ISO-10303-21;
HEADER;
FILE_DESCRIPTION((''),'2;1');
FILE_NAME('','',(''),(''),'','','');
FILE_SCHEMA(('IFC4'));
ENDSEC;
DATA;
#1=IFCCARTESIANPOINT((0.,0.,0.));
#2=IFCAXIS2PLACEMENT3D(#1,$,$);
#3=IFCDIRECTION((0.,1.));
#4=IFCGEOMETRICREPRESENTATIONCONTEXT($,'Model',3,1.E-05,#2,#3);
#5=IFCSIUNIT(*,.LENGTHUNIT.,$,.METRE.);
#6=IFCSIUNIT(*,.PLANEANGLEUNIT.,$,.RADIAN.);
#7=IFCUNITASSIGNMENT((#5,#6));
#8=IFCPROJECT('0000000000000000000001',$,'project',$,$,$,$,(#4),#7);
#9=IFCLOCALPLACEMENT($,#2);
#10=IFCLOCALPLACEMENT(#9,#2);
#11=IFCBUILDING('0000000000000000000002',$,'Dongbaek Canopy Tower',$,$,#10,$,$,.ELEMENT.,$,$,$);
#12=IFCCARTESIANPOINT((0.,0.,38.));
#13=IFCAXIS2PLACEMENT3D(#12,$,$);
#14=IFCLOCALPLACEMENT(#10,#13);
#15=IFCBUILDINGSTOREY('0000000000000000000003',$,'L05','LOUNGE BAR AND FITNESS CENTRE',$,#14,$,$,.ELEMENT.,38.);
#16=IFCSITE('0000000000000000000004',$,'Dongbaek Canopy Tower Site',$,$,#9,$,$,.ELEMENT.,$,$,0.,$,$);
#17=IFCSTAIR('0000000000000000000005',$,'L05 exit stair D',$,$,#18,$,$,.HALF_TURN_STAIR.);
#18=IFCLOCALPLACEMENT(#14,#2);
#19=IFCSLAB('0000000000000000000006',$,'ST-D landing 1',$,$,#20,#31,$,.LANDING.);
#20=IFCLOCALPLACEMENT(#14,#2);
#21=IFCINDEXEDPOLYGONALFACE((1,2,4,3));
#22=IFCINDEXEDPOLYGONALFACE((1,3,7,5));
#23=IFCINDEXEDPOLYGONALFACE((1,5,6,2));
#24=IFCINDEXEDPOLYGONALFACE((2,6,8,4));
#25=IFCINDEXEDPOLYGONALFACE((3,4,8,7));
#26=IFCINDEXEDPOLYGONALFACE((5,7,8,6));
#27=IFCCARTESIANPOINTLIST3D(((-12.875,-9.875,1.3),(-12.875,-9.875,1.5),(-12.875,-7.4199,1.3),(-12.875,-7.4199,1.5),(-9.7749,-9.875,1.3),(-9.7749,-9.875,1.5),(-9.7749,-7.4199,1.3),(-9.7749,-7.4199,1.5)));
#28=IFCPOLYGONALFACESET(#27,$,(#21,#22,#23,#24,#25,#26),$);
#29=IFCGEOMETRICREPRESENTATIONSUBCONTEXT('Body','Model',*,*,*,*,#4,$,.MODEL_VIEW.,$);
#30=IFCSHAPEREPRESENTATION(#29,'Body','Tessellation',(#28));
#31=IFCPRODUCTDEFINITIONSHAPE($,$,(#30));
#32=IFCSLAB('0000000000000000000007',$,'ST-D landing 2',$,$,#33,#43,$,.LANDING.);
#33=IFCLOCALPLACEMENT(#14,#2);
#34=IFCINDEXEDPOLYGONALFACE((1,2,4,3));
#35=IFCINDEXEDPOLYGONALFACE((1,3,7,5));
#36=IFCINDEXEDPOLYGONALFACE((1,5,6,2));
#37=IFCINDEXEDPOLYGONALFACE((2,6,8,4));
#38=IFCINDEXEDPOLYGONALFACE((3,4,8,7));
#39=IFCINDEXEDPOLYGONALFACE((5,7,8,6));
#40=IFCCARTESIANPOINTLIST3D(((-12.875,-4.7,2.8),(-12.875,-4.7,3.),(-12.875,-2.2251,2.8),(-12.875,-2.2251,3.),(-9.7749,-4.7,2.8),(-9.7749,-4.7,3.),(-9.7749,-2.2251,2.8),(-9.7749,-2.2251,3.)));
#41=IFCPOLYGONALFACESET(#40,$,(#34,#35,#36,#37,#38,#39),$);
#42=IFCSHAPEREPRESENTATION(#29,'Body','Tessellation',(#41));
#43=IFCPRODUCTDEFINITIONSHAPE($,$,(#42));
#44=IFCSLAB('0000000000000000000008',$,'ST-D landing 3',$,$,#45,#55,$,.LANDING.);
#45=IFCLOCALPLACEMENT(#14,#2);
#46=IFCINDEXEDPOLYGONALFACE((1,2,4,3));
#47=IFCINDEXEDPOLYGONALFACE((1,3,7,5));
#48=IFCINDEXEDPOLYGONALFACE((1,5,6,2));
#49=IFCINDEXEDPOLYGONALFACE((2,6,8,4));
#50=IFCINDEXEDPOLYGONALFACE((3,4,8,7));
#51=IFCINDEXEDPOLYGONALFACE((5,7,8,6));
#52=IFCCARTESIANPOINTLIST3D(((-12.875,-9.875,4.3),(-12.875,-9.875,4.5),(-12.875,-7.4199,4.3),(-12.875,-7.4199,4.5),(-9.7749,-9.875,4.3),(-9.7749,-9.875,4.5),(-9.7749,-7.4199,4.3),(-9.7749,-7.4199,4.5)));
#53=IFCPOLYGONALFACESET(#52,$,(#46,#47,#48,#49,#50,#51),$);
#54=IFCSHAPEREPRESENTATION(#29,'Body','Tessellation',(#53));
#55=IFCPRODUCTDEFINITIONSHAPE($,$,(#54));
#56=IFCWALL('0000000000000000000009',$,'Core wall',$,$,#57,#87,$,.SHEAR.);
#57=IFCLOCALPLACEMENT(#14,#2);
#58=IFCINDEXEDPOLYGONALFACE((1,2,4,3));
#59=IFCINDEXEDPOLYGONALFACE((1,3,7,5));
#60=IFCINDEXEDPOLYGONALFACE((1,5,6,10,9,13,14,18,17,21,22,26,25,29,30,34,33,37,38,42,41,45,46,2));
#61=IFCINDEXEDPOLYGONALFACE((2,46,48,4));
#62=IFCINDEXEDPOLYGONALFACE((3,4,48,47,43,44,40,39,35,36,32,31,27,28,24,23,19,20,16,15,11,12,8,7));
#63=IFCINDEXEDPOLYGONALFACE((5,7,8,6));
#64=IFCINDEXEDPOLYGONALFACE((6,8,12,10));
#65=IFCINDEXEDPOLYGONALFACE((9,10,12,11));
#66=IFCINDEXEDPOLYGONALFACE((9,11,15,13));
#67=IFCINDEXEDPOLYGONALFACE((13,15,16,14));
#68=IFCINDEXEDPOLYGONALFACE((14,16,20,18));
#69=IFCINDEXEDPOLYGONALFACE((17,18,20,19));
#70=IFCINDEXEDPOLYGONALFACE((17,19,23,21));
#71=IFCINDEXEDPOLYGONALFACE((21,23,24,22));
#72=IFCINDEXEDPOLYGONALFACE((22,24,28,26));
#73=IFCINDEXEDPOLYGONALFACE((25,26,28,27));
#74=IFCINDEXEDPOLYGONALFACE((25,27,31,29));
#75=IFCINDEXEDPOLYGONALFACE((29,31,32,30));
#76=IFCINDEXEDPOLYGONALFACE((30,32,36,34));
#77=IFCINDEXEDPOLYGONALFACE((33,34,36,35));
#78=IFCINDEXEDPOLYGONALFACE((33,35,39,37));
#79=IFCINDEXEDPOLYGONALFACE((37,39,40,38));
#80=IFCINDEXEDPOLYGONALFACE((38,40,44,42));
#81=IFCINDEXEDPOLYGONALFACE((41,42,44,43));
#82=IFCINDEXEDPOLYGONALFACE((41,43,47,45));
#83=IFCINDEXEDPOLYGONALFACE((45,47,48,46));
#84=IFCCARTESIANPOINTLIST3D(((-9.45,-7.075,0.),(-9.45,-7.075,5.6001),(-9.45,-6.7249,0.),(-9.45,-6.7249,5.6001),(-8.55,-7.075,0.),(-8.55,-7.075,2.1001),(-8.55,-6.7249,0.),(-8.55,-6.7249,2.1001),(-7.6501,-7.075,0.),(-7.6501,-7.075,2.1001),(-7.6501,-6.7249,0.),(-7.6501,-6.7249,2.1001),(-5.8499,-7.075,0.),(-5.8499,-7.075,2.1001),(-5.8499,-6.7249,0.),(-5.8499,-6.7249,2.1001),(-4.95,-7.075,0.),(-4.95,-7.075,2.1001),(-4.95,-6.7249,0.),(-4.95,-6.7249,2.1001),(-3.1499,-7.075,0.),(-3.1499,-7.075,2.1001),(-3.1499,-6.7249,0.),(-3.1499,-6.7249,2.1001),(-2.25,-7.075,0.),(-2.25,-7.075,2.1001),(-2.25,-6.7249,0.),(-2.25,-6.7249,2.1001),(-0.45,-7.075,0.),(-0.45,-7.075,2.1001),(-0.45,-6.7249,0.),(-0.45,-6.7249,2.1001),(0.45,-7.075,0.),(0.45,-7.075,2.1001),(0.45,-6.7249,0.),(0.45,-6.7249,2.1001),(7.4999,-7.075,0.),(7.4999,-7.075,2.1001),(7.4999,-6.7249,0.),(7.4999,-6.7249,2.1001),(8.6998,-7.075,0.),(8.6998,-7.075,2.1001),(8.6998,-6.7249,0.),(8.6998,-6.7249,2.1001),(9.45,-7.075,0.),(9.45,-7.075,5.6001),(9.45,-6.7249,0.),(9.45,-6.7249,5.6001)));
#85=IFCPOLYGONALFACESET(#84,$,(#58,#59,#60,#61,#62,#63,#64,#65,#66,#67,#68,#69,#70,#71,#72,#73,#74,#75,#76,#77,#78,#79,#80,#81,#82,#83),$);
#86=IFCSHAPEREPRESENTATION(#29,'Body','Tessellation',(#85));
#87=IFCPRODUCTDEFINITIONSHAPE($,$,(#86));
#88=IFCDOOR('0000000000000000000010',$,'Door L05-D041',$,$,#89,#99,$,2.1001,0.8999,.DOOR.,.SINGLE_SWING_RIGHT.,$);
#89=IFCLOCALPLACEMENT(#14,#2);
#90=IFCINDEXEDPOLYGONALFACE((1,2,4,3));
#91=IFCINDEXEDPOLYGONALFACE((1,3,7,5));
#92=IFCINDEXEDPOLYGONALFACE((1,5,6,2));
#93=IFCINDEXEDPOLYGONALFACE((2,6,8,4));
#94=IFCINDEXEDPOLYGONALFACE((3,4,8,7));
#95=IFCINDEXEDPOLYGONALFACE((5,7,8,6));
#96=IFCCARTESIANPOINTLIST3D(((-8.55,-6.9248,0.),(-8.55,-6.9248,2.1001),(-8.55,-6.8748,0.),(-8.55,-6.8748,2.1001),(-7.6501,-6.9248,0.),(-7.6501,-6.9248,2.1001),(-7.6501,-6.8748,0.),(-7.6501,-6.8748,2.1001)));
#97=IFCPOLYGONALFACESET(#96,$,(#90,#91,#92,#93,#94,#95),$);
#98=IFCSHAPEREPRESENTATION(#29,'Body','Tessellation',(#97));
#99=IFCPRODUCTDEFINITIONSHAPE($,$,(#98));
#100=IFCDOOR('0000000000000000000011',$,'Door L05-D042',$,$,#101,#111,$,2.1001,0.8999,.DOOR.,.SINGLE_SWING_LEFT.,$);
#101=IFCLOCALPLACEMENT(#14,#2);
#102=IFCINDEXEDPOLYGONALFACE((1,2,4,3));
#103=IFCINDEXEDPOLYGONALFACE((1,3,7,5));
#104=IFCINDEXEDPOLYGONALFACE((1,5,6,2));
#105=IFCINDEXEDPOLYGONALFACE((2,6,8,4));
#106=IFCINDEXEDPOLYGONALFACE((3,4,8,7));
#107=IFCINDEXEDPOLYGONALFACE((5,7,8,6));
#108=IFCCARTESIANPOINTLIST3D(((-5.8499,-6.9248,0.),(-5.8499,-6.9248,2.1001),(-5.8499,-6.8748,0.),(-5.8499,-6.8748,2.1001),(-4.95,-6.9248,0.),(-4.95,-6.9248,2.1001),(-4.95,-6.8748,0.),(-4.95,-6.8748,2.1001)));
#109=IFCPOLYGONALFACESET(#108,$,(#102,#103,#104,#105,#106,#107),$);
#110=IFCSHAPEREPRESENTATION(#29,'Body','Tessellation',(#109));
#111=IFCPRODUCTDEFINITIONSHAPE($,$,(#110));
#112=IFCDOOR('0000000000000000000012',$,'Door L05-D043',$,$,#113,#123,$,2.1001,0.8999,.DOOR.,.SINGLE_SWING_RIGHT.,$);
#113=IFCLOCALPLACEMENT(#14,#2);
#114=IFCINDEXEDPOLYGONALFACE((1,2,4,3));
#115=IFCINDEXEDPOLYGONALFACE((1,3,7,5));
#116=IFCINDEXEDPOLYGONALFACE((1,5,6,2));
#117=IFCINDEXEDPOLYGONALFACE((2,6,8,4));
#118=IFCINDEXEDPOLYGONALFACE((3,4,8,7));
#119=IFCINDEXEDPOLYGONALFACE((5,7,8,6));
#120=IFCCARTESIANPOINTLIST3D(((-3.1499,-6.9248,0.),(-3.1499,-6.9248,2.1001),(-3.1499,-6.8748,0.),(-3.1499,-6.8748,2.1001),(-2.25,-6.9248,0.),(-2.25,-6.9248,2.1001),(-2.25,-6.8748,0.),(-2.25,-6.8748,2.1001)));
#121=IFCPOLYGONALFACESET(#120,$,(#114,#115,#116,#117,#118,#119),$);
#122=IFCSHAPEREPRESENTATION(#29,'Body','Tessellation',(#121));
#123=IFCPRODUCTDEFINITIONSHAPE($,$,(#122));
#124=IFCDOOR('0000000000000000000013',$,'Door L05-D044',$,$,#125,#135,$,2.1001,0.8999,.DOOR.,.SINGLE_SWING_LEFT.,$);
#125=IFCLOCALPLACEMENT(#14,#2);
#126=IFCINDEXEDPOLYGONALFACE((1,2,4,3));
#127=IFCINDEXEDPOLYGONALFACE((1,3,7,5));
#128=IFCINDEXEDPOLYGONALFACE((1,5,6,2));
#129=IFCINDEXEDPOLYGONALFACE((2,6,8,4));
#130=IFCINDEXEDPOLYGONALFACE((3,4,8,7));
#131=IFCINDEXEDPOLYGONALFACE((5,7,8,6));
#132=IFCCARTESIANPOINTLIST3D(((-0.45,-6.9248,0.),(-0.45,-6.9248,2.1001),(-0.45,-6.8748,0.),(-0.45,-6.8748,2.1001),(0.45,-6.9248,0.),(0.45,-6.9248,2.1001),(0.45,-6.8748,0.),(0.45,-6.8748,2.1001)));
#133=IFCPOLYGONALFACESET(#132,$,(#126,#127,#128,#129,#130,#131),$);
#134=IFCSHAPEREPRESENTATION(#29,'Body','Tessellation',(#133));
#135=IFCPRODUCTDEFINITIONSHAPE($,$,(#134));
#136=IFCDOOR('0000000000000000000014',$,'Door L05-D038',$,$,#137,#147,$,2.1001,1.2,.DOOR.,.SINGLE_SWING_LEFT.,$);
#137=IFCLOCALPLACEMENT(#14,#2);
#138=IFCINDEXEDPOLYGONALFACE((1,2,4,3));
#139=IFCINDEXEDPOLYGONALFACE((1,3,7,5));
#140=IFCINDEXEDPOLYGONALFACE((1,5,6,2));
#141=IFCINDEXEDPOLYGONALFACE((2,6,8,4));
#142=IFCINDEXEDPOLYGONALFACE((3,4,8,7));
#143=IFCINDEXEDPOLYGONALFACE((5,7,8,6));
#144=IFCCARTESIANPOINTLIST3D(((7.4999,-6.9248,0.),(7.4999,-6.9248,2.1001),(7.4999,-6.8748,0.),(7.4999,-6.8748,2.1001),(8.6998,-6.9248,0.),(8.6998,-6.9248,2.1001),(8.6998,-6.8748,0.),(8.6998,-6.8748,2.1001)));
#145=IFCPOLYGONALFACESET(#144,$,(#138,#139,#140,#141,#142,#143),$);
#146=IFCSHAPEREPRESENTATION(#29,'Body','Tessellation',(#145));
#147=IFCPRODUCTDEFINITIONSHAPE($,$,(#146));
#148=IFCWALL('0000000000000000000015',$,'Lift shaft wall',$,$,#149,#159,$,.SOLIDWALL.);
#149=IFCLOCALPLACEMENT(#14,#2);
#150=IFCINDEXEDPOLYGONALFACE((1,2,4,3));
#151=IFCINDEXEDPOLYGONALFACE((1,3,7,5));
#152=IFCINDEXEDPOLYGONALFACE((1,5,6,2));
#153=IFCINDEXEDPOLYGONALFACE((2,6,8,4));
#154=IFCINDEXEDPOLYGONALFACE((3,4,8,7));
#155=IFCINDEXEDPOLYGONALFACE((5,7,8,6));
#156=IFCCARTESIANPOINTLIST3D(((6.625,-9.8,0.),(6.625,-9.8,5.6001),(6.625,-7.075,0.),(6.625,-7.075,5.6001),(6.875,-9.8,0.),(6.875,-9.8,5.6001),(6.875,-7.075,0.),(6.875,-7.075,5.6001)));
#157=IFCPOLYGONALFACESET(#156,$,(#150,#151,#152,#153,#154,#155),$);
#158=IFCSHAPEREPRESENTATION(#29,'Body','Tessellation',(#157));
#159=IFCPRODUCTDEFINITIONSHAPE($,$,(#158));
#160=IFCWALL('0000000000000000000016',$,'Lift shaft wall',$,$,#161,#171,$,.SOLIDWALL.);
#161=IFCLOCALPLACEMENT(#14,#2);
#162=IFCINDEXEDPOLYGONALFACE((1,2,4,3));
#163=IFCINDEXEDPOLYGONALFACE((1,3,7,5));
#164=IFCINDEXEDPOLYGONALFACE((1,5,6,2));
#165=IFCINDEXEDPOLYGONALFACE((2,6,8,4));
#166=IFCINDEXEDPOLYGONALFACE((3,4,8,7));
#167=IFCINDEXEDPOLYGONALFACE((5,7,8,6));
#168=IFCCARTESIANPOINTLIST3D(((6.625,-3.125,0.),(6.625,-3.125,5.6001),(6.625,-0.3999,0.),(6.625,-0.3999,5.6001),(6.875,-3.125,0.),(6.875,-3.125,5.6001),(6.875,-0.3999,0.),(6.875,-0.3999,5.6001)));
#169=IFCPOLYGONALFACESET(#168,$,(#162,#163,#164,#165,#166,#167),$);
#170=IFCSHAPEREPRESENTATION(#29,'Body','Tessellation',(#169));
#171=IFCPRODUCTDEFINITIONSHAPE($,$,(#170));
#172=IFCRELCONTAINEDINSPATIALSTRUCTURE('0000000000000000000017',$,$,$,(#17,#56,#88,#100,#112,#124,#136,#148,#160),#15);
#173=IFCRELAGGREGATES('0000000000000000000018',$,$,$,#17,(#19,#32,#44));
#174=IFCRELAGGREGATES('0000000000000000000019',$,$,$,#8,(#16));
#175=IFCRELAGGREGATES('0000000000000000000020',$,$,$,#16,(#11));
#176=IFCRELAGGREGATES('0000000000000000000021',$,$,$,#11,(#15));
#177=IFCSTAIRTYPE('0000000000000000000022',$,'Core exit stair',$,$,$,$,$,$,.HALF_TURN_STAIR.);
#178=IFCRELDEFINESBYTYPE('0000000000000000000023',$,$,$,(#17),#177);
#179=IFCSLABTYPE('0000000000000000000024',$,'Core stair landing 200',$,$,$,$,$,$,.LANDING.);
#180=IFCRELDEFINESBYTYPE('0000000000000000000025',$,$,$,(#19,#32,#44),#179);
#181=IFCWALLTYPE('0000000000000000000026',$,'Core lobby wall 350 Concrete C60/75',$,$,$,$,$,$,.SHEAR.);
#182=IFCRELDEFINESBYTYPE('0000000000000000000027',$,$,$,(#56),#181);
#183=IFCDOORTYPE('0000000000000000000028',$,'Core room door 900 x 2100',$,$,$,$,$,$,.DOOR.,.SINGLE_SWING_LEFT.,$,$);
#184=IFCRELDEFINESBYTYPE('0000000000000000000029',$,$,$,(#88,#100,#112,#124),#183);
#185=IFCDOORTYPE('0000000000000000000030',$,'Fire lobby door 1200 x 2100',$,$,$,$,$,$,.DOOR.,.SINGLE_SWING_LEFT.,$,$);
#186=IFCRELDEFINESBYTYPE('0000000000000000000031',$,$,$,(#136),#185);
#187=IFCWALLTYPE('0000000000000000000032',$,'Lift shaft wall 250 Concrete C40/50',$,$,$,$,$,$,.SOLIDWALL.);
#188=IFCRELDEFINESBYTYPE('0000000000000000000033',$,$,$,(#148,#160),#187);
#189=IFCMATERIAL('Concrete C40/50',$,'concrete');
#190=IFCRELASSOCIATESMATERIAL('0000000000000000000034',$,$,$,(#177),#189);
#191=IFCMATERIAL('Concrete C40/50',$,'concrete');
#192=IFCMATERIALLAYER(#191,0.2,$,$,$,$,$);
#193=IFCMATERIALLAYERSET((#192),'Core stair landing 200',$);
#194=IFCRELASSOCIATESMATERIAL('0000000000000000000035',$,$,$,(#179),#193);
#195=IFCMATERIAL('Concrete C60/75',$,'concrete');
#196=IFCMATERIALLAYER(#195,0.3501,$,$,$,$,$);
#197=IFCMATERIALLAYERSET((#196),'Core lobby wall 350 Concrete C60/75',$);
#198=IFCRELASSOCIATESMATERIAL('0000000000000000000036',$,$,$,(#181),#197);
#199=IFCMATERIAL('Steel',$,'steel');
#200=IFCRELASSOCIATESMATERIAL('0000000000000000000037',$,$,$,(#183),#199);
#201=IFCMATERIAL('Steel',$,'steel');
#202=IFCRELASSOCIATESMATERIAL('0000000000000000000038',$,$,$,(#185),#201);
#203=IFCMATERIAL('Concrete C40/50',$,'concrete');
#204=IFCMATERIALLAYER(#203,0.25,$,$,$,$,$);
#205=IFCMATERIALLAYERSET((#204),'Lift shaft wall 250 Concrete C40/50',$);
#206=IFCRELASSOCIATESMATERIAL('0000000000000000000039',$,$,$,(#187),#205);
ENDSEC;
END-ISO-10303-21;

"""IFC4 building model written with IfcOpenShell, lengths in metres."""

from ifc_helpers import new_model, si_unit, direction, frame, frame_2d, origin, place, context, subcontext, project, spatial, polyline, rectangle, outline, extrude, material, layer, layer_set, type_object, element, fill, aggregate, save


model = new_model("IFC4")

# Units and contexts
model_context = context("Model", 3, precision=1e-05, world=origin(), true_north=direction((0.0, 1.0)))
body_context = subcontext(model_context, "Body", "Model", "MODEL_VIEW")
ifc_project = project(units=[si_unit("LENGTHUNIT", "METRE"), si_unit("PLANEANGLEUNIT", "RADIAN")], contexts=[model_context])

# Site, building, storey
site_placement = place(None, origin())
site = spatial("IfcSite", under=ifc_project, at=site_placement, Name="Dongbaek Canopy Tower Site", CompositionType="ELEMENT", RefElevation=0.0)
building_placement = place(site_placement, origin())
building = spatial("IfcBuilding", under=site, at=building_placement, Name="Dongbaek Canopy Tower", CompositionType="ELEMENT")
storey_placement = place(building_placement, frame((0.0, 0.0, 38.0)))
storey = spatial("IfcBuildingStorey", under=building, at=storey_placement, Name="L05", Description="LOUNGE BAR AND FITNESS CENTRE", CompositionType="ELEMENT", Elevation=38.0)

# Stair, slabs
ifc_material_1 = material(Name="Concrete C40/50", Category="concrete")
stair_type = type_object("IfcStairType", Name="Core exit stair", PredefinedType="HALF_TURN_STAIR", material=ifc_material_1)
stair_1_placement = place(storey_placement, origin())
stair_1 = element("IfcStair", 1, at=stair_1_placement, inside=storey, type_object=stair_type, Name="L05 exit stair D", PredefinedType="HALF_TURN_STAIR")
ifc_material_2 = material(Name="Concrete C40/50", Category="concrete")
ifc_layer_1 = layer(ifc_material_2, 0.2)
ifc_layer_set_1 = layer_set([ifc_layer_1], Name="Core stair landing 200")
slab_type = type_object("IfcSlabType", Name="Core stair landing 200", PredefinedType="LANDING", material=ifc_layer_set_1)
slab_1_placement = place(storey_placement, frame((0.0, 0.0, 1.3)))
slab_1 = element("IfcSlab", 2, at=slab_1_placement, type_object=slab_type, Name="ST-D landing 1", PredefinedType="LANDING", context=body_context, shape_type="SweptSolid", body=[
    extrude(outline(polyline([(-12.875, -7.4199), (-12.875, -9.875), (-9.7749, -9.875), (-9.7749, -7.4199), (-12.875, -7.4199)])), origin(), (0.0, 0.0, 1.0), 0.2),
])
slab_2_placement = place(storey_placement, frame((0.0, 0.0, 2.8)))
slab_2 = element("IfcSlab", 3, at=slab_2_placement, type_object=slab_type, Name="ST-D landing 2", PredefinedType="LANDING", context=body_context, shape_type="SweptSolid", body=[
    extrude(outline(polyline([(-12.875, -2.2251), (-12.875, -4.7), (-9.7749, -4.7), (-9.7749, -2.2251), (-12.875, -2.2251)])), origin(), (0.0, 0.0, 1.0), 0.2),
])
slab_3_placement = place(storey_placement, frame((0.0, 0.0, 4.3)))
slab_3 = element("IfcSlab", 4, at=slab_3_placement, type_object=slab_type, Name="ST-D landing 3", PredefinedType="LANDING", context=body_context, shape_type="SweptSolid", body=[
    extrude(outline(polyline([(-12.875, -7.4199), (-12.875, -9.875), (-9.7749, -9.875), (-9.7749, -7.4199), (-12.875, -7.4199)])), origin(), (0.0, 0.0, 1.0), 0.2),
])
aggregate(stair_1, [slab_1, slab_2, slab_3])

# Wall, openings, doors
ifc_material_3 = material(Name="Concrete C60/75", Category="concrete")
ifc_layer_2 = layer(ifc_material_3, 0.3501)
ifc_layer_set_2 = layer_set([ifc_layer_2], Name="Core lobby wall 350 Concrete C60/75")
wall_type_1 = type_object("IfcWallType", Name="Core lobby wall 350 Concrete C60/75", PredefinedType="SHEAR", material=ifc_layer_set_2)
wall_1_placement = place(storey_placement, frame((9.45, -6.8999, 0.0), z_axis=(0.0, 0.0, 1.0), x_axis=(-1.0, 0.0, 0.0)))
wall_1 = element("IfcWall", 5, at=wall_1_placement, inside=storey, type_object=wall_type_1, Name="Core wall", PredefinedType="SHEAR", context=body_context, shape_type="SweptSolid", body=[
    extrude(rectangle(XDim=18.8999, YDim=0.3501, at=frame_2d((9.45, 0.0))), origin(), (0.0, 0.0, 1.0), 5.6001),
])
opening_1_placement = place(wall_1_placement, frame((0.75, 0.0, 0.0)))
opening_1 = element("IfcOpeningElement", 6, at=opening_1_placement, cuts=wall_1, PredefinedType="OPENING", context=body_context, shape_type="SweptSolid", body=[
    extrude(rectangle(XDim=1.2, YDim=2.1001, at=frame_2d((0.6001, 1.05))), frame((0.0, 0.1851, 0.0), z_axis=(0.0, -1.0, 0.0), x_axis=(1.0, 0.0, 0.0)), (0.0, 0.0, 1.0), 0.3701),
])
opening_2_placement = place(wall_1_placement, frame((17.1001, 0.0, 0.0)))
opening_2 = element("IfcOpeningElement", 7, at=opening_2_placement, cuts=wall_1, PredefinedType="OPENING", context=body_context, shape_type="SweptSolid", body=[
    extrude(rectangle(XDim=0.8999, YDim=2.1001, at=frame_2d((0.45, 1.05))), frame((0.0, 0.1851, 0.0), z_axis=(0.0, -1.0, 0.0), x_axis=(1.0, 0.0, 0.0)), (0.0, 0.0, 1.0), 0.3701),
])
opening_3_placement = place(wall_1_placement, frame((14.3999, 0.0, 0.0)))
opening_3 = element("IfcOpeningElement", 8, at=opening_3_placement, cuts=wall_1, PredefinedType="OPENING", context=body_context, shape_type="SweptSolid", body=[
    extrude(rectangle(XDim=0.8999, YDim=2.1001, at=frame_2d((0.45, 1.05))), frame((0.0, 0.1851, 0.0), z_axis=(0.0, -1.0, 0.0), x_axis=(1.0, 0.0, 0.0)), (0.0, 0.0, 1.0), 0.3701),
])
opening_4_placement = place(wall_1_placement, frame((11.7, 0.0, 0.0)))
opening_4 = element("IfcOpeningElement", 9, at=opening_4_placement, cuts=wall_1, PredefinedType="OPENING", context=body_context, shape_type="SweptSolid", body=[
    extrude(rectangle(XDim=0.8999, YDim=2.1001, at=frame_2d((0.45, 1.05))), frame((0.0, 0.1851, 0.0), z_axis=(0.0, -1.0, 0.0), x_axis=(1.0, 0.0, 0.0)), (0.0, 0.0, 1.0), 0.3701),
])
opening_5_placement = place(wall_1_placement, frame((9.0, 0.0, 0.0)))
opening_5 = element("IfcOpeningElement", 10, at=opening_5_placement, cuts=wall_1, PredefinedType="OPENING", context=body_context, shape_type="SweptSolid", body=[
    extrude(rectangle(XDim=0.8999, YDim=2.1001, at=frame_2d((0.45, 1.05))), frame((0.0, 0.1851, 0.0), z_axis=(0.0, -1.0, 0.0), x_axis=(1.0, 0.0, 0.0)), (0.0, 0.0, 1.0), 0.3701),
])
ifc_material_4 = material(Name="Steel", Category="steel")
door_type_1 = type_object("IfcDoorType", Name="Core room door 900 x 2100", OperationType="SINGLE_SWING_LEFT", PredefinedType="DOOR", material=ifc_material_4)
door_1_placement = place(opening_2_placement, origin())
door_1 = element("IfcDoor", 11, at=door_1_placement, inside=storey, type_object=door_type_1, Name="Door L05-D041", OperationType="SINGLE_SWING_RIGHT", OverallHeight=2.1001, OverallWidth=0.8999, PredefinedType="DOOR", context=body_context, shape_type="SweptSolid", body=[
    extrude(rectangle(XDim=0.8999, YDim=2.1001, at=frame_2d((0.45, 1.05))), frame((0.0, 0.0249, 0.0), z_axis=(0.0, -1.0, 0.0), x_axis=(1.0, 0.0, 0.0)), (0.0, 0.0, 1.0), 0.05),
])
fill(opening_2, door_1)
door_2_placement = place(opening_3_placement, origin())
door_2 = element("IfcDoor", 12, at=door_2_placement, inside=storey, type_object=door_type_1, Name="Door L05-D042", OperationType="SINGLE_SWING_LEFT", OverallHeight=2.1001, OverallWidth=0.8999, PredefinedType="DOOR", context=body_context, shape_type="SweptSolid", body=[
    extrude(rectangle(XDim=0.8999, YDim=2.1001, at=frame_2d((0.45, 1.05))), frame((0.0, 0.0249, 0.0), z_axis=(0.0, -1.0, 0.0), x_axis=(1.0, 0.0, 0.0)), (0.0, 0.0, 1.0), 0.05),
])
fill(opening_3, door_2)
door_3_placement = place(opening_4_placement, origin())
door_3 = element("IfcDoor", 13, at=door_3_placement, inside=storey, type_object=door_type_1, Name="Door L05-D043", OperationType="SINGLE_SWING_RIGHT", OverallHeight=2.1001, OverallWidth=0.8999, PredefinedType="DOOR", context=body_context, shape_type="SweptSolid", body=[
    extrude(rectangle(XDim=0.8999, YDim=2.1001, at=frame_2d((0.45, 1.05))), frame((0.0, 0.0249, 0.0), z_axis=(0.0, -1.0, 0.0), x_axis=(1.0, 0.0, 0.0)), (0.0, 0.0, 1.0), 0.05),
])
fill(opening_4, door_3)
door_4_placement = place(opening_5_placement, origin())
door_4 = element("IfcDoor", 14, at=door_4_placement, inside=storey, type_object=door_type_1, Name="Door L05-D044", OperationType="SINGLE_SWING_LEFT", OverallHeight=2.1001, OverallWidth=0.8999, PredefinedType="DOOR", context=body_context, shape_type="SweptSolid", body=[
    extrude(rectangle(XDim=0.8999, YDim=2.1001, at=frame_2d((0.45, 1.05))), frame((0.0, 0.0249, 0.0), z_axis=(0.0, -1.0, 0.0), x_axis=(1.0, 0.0, 0.0)), (0.0, 0.0, 1.0), 0.05),
])
fill(opening_5, door_4)
ifc_material_5 = material(Name="Steel", Category="steel")
door_type_2 = type_object("IfcDoorType", Name="Fire lobby door 1200 x 2100", OperationType="SINGLE_SWING_LEFT", PredefinedType="DOOR", material=ifc_material_5)
door_5_placement = place(opening_1_placement, origin())
door_5 = element("IfcDoor", 15, at=door_5_placement, inside=storey, type_object=door_type_2, Name="Door L05-D038", OperationType="SINGLE_SWING_LEFT", OverallHeight=2.1001, OverallWidth=1.2, PredefinedType="DOOR", context=body_context, shape_type="SweptSolid", body=[
    extrude(rectangle(XDim=1.2, YDim=2.1001, at=frame_2d((0.6001, 1.05))), frame((0.0, 0.0249, 0.0), z_axis=(0.0, -1.0, 0.0), x_axis=(1.0, 0.0, 0.0)), (0.0, 0.0, 1.0), 0.05),
])
fill(opening_1, door_5)

# Walls
ifc_material_6 = material(Name="Concrete C40/50", Category="concrete")
ifc_layer_3 = layer(ifc_material_6, 0.25)
ifc_layer_set_3 = layer_set([ifc_layer_3], Name="Lift shaft wall 250 Concrete C40/50")
wall_type_2 = type_object("IfcWallType", Name="Lift shaft wall 250 Concrete C40/50", PredefinedType="SOLIDWALL", material=ifc_layer_set_3)
for number, where, z_axis, x_axis, name in (
    (16, (6.75, -9.8, 0.0), (0.0, 0.0, 1.0), (0.0, 1.0, 0.0), "Lift shaft wall"),
    (17, (6.75, -3.125, 0.0), (0.0, 0.0, 1.0), (0.0, 1.0, 0.0), "Lift shaft wall"),
):
    element("IfcWall", number, at=place(storey_placement, frame(where, z_axis=z_axis, x_axis=x_axis)), inside=storey, type_object=wall_type_2, Name=name, PredefinedType="SOLIDWALL", context=body_context, shape_type="SweptSolid", body=[
        extrude(rectangle(XDim=2.7251, YDim=0.25, at=frame_2d((1.3625, 0.0))), origin(), (0.0, 0.0, 1.0), 5.6001),
    ])

save(model, "model.ifc")
